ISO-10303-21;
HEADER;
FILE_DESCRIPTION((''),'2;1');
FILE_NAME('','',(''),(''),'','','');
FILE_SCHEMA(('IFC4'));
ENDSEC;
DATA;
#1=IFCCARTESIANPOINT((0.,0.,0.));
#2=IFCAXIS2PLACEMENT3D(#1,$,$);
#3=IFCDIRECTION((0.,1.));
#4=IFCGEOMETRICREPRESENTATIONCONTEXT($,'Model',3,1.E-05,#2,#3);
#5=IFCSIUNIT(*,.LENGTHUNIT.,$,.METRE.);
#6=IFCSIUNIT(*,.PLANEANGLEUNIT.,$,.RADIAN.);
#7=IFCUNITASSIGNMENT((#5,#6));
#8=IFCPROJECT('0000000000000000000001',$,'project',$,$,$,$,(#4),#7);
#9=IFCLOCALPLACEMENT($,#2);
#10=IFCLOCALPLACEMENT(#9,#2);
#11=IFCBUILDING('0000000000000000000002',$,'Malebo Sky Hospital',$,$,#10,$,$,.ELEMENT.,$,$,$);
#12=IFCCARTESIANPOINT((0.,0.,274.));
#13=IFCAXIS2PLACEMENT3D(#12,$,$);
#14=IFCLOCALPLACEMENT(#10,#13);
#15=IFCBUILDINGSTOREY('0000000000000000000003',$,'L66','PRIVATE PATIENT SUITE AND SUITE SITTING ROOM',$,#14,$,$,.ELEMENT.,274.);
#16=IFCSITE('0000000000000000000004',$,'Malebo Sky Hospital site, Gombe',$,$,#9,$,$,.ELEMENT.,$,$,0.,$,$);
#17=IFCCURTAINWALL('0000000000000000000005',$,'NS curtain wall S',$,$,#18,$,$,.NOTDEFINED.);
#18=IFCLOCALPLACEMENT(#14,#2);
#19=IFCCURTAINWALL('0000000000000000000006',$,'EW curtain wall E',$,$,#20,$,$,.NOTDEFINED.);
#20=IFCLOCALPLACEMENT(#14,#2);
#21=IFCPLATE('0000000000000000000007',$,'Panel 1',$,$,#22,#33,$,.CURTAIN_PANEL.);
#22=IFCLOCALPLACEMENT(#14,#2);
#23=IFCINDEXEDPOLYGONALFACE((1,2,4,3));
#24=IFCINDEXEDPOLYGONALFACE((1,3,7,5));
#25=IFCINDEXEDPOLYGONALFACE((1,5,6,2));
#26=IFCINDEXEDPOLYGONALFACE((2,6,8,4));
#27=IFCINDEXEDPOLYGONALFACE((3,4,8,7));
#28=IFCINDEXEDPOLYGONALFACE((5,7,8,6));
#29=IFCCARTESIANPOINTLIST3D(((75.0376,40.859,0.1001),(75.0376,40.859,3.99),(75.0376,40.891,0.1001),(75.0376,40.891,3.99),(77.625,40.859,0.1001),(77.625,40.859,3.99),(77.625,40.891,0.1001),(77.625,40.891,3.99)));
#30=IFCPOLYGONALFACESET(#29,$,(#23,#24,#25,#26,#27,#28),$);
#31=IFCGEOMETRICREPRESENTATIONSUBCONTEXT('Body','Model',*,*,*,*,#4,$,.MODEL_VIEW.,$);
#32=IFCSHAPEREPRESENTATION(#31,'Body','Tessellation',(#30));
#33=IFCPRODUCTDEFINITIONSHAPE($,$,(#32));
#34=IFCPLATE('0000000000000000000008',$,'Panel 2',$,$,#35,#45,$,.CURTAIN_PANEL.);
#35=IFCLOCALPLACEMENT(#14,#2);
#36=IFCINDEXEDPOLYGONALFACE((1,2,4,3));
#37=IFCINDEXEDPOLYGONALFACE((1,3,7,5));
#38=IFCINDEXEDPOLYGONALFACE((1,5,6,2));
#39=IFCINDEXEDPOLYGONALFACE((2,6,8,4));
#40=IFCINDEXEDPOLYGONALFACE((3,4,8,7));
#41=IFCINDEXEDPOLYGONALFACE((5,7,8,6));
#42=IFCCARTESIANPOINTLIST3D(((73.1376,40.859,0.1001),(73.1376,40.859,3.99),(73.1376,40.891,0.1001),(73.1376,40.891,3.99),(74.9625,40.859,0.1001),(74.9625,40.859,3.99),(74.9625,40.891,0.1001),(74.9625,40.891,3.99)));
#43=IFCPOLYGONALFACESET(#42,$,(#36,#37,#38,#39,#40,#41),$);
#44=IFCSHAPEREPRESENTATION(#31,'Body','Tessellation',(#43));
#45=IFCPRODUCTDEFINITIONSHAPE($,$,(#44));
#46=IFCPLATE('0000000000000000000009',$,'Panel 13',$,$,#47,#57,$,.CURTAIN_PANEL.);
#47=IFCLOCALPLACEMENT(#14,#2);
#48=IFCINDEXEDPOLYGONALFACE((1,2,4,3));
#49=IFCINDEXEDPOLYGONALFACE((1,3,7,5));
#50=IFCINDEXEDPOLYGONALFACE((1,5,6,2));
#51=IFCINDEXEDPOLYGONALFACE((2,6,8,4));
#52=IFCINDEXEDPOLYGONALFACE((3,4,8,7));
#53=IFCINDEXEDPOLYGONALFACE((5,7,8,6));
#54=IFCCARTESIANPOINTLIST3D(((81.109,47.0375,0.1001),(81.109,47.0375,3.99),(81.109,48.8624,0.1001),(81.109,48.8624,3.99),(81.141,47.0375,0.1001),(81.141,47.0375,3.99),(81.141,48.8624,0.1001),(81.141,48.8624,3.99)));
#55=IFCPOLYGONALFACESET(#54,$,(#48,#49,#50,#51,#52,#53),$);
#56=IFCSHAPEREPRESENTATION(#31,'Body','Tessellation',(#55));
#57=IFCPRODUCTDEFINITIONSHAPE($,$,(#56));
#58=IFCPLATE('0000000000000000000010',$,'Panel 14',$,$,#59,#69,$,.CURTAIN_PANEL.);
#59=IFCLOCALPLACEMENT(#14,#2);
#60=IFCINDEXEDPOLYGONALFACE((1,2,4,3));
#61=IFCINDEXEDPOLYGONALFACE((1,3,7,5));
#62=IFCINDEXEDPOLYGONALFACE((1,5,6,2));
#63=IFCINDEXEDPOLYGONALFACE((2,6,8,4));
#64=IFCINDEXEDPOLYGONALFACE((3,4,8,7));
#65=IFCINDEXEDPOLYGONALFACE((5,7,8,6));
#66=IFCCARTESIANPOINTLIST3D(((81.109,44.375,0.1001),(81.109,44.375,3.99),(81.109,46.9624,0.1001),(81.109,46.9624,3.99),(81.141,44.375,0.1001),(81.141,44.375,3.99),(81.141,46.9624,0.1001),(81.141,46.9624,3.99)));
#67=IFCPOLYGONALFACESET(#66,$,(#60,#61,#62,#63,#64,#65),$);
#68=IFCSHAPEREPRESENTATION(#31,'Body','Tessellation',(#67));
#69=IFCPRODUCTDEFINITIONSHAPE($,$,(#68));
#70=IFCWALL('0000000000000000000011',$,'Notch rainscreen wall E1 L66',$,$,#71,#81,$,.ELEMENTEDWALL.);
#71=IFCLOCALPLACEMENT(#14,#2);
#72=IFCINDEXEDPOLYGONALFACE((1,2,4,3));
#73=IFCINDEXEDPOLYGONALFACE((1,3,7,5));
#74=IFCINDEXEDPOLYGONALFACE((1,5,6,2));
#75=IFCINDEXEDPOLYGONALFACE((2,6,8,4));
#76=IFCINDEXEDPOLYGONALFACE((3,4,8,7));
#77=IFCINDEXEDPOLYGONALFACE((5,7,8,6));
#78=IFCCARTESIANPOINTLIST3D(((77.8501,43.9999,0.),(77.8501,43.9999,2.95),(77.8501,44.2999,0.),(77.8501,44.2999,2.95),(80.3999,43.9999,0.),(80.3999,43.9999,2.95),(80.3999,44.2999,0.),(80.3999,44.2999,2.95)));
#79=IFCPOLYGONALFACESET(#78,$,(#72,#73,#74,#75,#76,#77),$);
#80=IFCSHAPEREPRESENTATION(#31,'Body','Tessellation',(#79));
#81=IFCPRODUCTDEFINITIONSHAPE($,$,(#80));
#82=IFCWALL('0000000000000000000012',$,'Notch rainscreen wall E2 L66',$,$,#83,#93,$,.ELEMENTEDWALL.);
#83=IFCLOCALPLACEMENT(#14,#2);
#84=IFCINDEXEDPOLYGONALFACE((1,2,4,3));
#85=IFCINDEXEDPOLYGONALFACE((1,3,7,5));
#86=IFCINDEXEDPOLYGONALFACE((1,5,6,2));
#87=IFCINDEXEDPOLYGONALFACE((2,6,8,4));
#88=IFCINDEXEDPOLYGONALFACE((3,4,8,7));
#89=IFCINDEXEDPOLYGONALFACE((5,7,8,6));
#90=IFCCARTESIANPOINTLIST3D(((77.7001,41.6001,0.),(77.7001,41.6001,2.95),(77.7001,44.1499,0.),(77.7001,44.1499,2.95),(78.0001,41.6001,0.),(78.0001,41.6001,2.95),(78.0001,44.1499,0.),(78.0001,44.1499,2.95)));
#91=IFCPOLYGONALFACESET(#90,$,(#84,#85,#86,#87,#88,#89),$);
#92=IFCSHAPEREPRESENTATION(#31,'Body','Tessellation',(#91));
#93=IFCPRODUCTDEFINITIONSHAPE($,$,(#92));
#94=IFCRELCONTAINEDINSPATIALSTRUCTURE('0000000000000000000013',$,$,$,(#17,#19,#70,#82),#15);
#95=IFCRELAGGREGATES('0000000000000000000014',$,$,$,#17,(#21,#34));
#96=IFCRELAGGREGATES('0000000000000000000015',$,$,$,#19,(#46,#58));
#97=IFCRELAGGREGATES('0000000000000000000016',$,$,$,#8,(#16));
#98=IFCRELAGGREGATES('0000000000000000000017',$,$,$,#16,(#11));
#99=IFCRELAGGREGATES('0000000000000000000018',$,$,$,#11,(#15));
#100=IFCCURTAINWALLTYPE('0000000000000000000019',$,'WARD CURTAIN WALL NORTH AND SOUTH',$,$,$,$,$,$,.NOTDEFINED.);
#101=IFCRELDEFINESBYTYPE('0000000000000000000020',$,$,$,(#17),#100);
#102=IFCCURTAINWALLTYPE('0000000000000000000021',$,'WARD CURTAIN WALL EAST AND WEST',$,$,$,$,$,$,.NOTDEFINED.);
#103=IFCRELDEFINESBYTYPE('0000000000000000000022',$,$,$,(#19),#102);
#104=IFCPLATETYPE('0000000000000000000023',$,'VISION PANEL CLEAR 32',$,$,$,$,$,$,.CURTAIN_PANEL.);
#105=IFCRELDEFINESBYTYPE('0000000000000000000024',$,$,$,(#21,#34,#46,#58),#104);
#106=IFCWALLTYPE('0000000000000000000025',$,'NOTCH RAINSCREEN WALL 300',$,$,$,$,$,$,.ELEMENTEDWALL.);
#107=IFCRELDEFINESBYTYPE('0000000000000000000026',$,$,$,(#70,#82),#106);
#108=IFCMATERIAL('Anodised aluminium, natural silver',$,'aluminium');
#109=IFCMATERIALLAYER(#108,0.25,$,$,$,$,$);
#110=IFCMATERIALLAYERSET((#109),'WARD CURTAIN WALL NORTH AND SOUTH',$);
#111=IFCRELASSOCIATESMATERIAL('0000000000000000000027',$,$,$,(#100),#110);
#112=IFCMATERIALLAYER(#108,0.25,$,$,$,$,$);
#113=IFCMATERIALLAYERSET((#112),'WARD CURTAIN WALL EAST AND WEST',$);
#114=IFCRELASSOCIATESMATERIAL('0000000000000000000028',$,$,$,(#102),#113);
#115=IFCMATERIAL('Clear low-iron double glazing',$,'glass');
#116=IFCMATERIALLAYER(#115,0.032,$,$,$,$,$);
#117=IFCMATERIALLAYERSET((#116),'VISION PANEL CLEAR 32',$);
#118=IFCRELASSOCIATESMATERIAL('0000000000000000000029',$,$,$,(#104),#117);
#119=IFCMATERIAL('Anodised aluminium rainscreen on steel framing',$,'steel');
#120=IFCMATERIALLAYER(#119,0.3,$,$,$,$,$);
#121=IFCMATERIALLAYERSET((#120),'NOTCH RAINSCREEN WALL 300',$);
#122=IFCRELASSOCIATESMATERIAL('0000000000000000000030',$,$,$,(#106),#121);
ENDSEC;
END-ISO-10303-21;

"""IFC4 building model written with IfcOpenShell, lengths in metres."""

from ifc_helpers import new_model, si_unit, direction, frame, frame_2d, origin, origin_2d, place, context, subcontext, project, spatial, rectangle, extrude, material, layer, layer_set, type_object, element, aggregate, save


model = new_model("IFC4")

# Units and contexts
model_context = context("Model", 3, precision=1e-05, world=origin(), true_north=direction((0.0, 1.0)))
body_context = subcontext(model_context, "Body", "Model", "MODEL_VIEW")
ifc_project = project(units=[si_unit("LENGTHUNIT", "METRE"), si_unit("PLANEANGLEUNIT", "RADIAN")], contexts=[model_context])

# Site, building, storey
site_placement = place(None, origin())
site = spatial("IfcSite", under=ifc_project, at=site_placement, Name="Malebo Sky Hospital site, Gombe", CompositionType="ELEMENT", RefElevation=0.0)
building_placement = place(site_placement, origin())
building = spatial("IfcBuilding", under=site, at=building_placement, Name="Malebo Sky Hospital", CompositionType="ELEMENT")
storey_placement = place(building_placement, frame((0.0, 0.0, 274.0)))
storey = spatial("IfcBuildingStorey", under=building, at=storey_placement, Name="L66", Description="PRIVATE PATIENT SUITE AND SUITE SITTING ROOM", CompositionType="ELEMENT", Elevation=274.0)

# Curtain walls
ifc_material_1 = material(Name="Anodised aluminium, natural silver", Category="aluminium")
ifc_layer_1 = layer(ifc_material_1, 0.25)
ifc_layer_set_1 = layer_set([ifc_layer_1], Name="WARD CURTAIN WALL NORTH AND SOUTH")
curtain_wall_type_1 = type_object("IfcCurtainWallType", Name="WARD CURTAIN WALL NORTH AND SOUTH", PredefinedType="NOTDEFINED", material=ifc_layer_set_1)
curtain_wall_1_placement = place(storey_placement, origin())
curtain_wall_1 = element("IfcCurtainWall", 1, at=curtain_wall_1_placement, inside=storey, type_object=curtain_wall_type_1, Name="NS curtain wall S", PredefinedType="NOTDEFINED")
ifc_layer_2 = layer(ifc_material_1, 0.25)
ifc_layer_set_2 = layer_set([ifc_layer_2], Name="WARD CURTAIN WALL EAST AND WEST")
curtain_wall_type_2 = type_object("IfcCurtainWallType", Name="WARD CURTAIN WALL EAST AND WEST", PredefinedType="NOTDEFINED", material=ifc_layer_set_2)
curtain_wall_2_placement = place(storey_placement, origin())
curtain_wall_2 = element("IfcCurtainWall", 2, at=curtain_wall_2_placement, inside=storey, type_object=curtain_wall_type_2, Name="EW curtain wall E", PredefinedType="NOTDEFINED")

# Plates
ifc_material_2 = material(Name="Clear low-iron double glazing", Category="glass")
ifc_layer_3 = layer(ifc_material_2, 0.032)
ifc_layer_set_3 = layer_set([ifc_layer_3], Name="VISION PANEL CLEAR 32")
plate_type = type_object("IfcPlateType", Name="VISION PANEL CLEAR 32", PredefinedType="CURTAIN_PANEL", material=ifc_layer_set_3)
plate_1_placement = place(storey_placement, frame((76.3313, 40.875, 0.1001), z_axis=(0.0, 0.0, 1.0), x_axis=(-1.0, 0.0, 0.0)))
plate_1 = element("IfcPlate", 3, at=plate_1_placement, type_object=plate_type, Name="Panel 1", PredefinedType="CURTAIN_PANEL", context=body_context, shape_type="SweptSolid", body=[
    extrude(rectangle(XDim=2.5874, YDim=0.032, at=origin_2d()), origin(), (0.0, 0.0, 1.0), 3.8899),
])
plate_2_placement = place(storey_placement, frame((74.05, 40.875, 0.1001), z_axis=(0.0, 0.0, 1.0), x_axis=(-1.0, 0.0, 0.0)))
plate_2 = element("IfcPlate", 4, at=plate_2_placement, type_object=plate_type, Name="Panel 2", PredefinedType="CURTAIN_PANEL", context=body_context, shape_type="SweptSolid", body=[
    extrude(rectangle(XDim=1.825, YDim=0.032, at=origin_2d()), origin(), (0.0, 0.0, 1.0), 3.8899),
])
aggregate(curtain_wall_1, [plate_1, plate_2])
plate_3_placement = place(storey_placement, frame((81.125, 47.95, 0.1001), z_axis=(0.0, 0.0, 1.0), x_axis=(0.0, -1.0, 0.0)))
plate_3 = element("IfcPlate", 5, at=plate_3_placement, type_object=plate_type, Name="Panel 13", PredefinedType="CURTAIN_PANEL", context=body_context, shape_type="SweptSolid", body=[
    extrude(rectangle(XDim=1.825, YDim=0.032, at=origin_2d()), origin(), (0.0, 0.0, 1.0), 3.8899),
])
plate_4_placement = place(storey_placement, frame((81.125, 45.6687, 0.1001), z_axis=(0.0, 0.0, 1.0), x_axis=(0.0, -1.0, 0.0)))
plate_4 = element("IfcPlate", 6, at=plate_4_placement, type_object=plate_type, Name="Panel 14", PredefinedType="CURTAIN_PANEL", context=body_context, shape_type="SweptSolid", body=[
    extrude(rectangle(XDim=2.5874, YDim=0.032, at=origin_2d()), origin(), (0.0, 0.0, 1.0), 3.8899),
])
aggregate(curtain_wall_2, [plate_3, plate_4])

# Walls
ifc_material_3 = material(Name="Anodised aluminium rainscreen on steel framing", Category="steel")
ifc_layer_4 = layer(ifc_material_3, 0.3)
ifc_layer_set_4 = layer_set([ifc_layer_4], Name="NOTCH RAINSCREEN WALL 300")
wall_type = type_object("IfcWallType", Name="NOTCH RAINSCREEN WALL 300", PredefinedType="ELEMENTEDWALL", material=ifc_layer_set_4)
for number, where, z_axis, x_axis, name in (
    (7, (80.3999, 44.1499, 0.0), (0.0, 0.0, 1.0), (-1.0, 0.0, 0.0), "Notch rainscreen wall E1 L66"),
    (8, (77.8501, 44.1499, 0.0), (0.0, 0.0, 1.0), (0.0, -1.0, 0.0), "Notch rainscreen wall E2 L66"),
):
    element("IfcWall", number, at=place(storey_placement, frame(where, z_axis=z_axis, x_axis=x_axis)), inside=storey, type_object=wall_type, Name=name, PredefinedType="ELEMENTEDWALL", context=body_context, shape_type="SweptSolid", body=[
        extrude(rectangle(XDim=2.5498, YDim=0.3, at=frame_2d((1.2749, 0.0))), origin(), (0.0, 0.0, 1.0), 2.95),
    ])

save(model, "model.ifc")
